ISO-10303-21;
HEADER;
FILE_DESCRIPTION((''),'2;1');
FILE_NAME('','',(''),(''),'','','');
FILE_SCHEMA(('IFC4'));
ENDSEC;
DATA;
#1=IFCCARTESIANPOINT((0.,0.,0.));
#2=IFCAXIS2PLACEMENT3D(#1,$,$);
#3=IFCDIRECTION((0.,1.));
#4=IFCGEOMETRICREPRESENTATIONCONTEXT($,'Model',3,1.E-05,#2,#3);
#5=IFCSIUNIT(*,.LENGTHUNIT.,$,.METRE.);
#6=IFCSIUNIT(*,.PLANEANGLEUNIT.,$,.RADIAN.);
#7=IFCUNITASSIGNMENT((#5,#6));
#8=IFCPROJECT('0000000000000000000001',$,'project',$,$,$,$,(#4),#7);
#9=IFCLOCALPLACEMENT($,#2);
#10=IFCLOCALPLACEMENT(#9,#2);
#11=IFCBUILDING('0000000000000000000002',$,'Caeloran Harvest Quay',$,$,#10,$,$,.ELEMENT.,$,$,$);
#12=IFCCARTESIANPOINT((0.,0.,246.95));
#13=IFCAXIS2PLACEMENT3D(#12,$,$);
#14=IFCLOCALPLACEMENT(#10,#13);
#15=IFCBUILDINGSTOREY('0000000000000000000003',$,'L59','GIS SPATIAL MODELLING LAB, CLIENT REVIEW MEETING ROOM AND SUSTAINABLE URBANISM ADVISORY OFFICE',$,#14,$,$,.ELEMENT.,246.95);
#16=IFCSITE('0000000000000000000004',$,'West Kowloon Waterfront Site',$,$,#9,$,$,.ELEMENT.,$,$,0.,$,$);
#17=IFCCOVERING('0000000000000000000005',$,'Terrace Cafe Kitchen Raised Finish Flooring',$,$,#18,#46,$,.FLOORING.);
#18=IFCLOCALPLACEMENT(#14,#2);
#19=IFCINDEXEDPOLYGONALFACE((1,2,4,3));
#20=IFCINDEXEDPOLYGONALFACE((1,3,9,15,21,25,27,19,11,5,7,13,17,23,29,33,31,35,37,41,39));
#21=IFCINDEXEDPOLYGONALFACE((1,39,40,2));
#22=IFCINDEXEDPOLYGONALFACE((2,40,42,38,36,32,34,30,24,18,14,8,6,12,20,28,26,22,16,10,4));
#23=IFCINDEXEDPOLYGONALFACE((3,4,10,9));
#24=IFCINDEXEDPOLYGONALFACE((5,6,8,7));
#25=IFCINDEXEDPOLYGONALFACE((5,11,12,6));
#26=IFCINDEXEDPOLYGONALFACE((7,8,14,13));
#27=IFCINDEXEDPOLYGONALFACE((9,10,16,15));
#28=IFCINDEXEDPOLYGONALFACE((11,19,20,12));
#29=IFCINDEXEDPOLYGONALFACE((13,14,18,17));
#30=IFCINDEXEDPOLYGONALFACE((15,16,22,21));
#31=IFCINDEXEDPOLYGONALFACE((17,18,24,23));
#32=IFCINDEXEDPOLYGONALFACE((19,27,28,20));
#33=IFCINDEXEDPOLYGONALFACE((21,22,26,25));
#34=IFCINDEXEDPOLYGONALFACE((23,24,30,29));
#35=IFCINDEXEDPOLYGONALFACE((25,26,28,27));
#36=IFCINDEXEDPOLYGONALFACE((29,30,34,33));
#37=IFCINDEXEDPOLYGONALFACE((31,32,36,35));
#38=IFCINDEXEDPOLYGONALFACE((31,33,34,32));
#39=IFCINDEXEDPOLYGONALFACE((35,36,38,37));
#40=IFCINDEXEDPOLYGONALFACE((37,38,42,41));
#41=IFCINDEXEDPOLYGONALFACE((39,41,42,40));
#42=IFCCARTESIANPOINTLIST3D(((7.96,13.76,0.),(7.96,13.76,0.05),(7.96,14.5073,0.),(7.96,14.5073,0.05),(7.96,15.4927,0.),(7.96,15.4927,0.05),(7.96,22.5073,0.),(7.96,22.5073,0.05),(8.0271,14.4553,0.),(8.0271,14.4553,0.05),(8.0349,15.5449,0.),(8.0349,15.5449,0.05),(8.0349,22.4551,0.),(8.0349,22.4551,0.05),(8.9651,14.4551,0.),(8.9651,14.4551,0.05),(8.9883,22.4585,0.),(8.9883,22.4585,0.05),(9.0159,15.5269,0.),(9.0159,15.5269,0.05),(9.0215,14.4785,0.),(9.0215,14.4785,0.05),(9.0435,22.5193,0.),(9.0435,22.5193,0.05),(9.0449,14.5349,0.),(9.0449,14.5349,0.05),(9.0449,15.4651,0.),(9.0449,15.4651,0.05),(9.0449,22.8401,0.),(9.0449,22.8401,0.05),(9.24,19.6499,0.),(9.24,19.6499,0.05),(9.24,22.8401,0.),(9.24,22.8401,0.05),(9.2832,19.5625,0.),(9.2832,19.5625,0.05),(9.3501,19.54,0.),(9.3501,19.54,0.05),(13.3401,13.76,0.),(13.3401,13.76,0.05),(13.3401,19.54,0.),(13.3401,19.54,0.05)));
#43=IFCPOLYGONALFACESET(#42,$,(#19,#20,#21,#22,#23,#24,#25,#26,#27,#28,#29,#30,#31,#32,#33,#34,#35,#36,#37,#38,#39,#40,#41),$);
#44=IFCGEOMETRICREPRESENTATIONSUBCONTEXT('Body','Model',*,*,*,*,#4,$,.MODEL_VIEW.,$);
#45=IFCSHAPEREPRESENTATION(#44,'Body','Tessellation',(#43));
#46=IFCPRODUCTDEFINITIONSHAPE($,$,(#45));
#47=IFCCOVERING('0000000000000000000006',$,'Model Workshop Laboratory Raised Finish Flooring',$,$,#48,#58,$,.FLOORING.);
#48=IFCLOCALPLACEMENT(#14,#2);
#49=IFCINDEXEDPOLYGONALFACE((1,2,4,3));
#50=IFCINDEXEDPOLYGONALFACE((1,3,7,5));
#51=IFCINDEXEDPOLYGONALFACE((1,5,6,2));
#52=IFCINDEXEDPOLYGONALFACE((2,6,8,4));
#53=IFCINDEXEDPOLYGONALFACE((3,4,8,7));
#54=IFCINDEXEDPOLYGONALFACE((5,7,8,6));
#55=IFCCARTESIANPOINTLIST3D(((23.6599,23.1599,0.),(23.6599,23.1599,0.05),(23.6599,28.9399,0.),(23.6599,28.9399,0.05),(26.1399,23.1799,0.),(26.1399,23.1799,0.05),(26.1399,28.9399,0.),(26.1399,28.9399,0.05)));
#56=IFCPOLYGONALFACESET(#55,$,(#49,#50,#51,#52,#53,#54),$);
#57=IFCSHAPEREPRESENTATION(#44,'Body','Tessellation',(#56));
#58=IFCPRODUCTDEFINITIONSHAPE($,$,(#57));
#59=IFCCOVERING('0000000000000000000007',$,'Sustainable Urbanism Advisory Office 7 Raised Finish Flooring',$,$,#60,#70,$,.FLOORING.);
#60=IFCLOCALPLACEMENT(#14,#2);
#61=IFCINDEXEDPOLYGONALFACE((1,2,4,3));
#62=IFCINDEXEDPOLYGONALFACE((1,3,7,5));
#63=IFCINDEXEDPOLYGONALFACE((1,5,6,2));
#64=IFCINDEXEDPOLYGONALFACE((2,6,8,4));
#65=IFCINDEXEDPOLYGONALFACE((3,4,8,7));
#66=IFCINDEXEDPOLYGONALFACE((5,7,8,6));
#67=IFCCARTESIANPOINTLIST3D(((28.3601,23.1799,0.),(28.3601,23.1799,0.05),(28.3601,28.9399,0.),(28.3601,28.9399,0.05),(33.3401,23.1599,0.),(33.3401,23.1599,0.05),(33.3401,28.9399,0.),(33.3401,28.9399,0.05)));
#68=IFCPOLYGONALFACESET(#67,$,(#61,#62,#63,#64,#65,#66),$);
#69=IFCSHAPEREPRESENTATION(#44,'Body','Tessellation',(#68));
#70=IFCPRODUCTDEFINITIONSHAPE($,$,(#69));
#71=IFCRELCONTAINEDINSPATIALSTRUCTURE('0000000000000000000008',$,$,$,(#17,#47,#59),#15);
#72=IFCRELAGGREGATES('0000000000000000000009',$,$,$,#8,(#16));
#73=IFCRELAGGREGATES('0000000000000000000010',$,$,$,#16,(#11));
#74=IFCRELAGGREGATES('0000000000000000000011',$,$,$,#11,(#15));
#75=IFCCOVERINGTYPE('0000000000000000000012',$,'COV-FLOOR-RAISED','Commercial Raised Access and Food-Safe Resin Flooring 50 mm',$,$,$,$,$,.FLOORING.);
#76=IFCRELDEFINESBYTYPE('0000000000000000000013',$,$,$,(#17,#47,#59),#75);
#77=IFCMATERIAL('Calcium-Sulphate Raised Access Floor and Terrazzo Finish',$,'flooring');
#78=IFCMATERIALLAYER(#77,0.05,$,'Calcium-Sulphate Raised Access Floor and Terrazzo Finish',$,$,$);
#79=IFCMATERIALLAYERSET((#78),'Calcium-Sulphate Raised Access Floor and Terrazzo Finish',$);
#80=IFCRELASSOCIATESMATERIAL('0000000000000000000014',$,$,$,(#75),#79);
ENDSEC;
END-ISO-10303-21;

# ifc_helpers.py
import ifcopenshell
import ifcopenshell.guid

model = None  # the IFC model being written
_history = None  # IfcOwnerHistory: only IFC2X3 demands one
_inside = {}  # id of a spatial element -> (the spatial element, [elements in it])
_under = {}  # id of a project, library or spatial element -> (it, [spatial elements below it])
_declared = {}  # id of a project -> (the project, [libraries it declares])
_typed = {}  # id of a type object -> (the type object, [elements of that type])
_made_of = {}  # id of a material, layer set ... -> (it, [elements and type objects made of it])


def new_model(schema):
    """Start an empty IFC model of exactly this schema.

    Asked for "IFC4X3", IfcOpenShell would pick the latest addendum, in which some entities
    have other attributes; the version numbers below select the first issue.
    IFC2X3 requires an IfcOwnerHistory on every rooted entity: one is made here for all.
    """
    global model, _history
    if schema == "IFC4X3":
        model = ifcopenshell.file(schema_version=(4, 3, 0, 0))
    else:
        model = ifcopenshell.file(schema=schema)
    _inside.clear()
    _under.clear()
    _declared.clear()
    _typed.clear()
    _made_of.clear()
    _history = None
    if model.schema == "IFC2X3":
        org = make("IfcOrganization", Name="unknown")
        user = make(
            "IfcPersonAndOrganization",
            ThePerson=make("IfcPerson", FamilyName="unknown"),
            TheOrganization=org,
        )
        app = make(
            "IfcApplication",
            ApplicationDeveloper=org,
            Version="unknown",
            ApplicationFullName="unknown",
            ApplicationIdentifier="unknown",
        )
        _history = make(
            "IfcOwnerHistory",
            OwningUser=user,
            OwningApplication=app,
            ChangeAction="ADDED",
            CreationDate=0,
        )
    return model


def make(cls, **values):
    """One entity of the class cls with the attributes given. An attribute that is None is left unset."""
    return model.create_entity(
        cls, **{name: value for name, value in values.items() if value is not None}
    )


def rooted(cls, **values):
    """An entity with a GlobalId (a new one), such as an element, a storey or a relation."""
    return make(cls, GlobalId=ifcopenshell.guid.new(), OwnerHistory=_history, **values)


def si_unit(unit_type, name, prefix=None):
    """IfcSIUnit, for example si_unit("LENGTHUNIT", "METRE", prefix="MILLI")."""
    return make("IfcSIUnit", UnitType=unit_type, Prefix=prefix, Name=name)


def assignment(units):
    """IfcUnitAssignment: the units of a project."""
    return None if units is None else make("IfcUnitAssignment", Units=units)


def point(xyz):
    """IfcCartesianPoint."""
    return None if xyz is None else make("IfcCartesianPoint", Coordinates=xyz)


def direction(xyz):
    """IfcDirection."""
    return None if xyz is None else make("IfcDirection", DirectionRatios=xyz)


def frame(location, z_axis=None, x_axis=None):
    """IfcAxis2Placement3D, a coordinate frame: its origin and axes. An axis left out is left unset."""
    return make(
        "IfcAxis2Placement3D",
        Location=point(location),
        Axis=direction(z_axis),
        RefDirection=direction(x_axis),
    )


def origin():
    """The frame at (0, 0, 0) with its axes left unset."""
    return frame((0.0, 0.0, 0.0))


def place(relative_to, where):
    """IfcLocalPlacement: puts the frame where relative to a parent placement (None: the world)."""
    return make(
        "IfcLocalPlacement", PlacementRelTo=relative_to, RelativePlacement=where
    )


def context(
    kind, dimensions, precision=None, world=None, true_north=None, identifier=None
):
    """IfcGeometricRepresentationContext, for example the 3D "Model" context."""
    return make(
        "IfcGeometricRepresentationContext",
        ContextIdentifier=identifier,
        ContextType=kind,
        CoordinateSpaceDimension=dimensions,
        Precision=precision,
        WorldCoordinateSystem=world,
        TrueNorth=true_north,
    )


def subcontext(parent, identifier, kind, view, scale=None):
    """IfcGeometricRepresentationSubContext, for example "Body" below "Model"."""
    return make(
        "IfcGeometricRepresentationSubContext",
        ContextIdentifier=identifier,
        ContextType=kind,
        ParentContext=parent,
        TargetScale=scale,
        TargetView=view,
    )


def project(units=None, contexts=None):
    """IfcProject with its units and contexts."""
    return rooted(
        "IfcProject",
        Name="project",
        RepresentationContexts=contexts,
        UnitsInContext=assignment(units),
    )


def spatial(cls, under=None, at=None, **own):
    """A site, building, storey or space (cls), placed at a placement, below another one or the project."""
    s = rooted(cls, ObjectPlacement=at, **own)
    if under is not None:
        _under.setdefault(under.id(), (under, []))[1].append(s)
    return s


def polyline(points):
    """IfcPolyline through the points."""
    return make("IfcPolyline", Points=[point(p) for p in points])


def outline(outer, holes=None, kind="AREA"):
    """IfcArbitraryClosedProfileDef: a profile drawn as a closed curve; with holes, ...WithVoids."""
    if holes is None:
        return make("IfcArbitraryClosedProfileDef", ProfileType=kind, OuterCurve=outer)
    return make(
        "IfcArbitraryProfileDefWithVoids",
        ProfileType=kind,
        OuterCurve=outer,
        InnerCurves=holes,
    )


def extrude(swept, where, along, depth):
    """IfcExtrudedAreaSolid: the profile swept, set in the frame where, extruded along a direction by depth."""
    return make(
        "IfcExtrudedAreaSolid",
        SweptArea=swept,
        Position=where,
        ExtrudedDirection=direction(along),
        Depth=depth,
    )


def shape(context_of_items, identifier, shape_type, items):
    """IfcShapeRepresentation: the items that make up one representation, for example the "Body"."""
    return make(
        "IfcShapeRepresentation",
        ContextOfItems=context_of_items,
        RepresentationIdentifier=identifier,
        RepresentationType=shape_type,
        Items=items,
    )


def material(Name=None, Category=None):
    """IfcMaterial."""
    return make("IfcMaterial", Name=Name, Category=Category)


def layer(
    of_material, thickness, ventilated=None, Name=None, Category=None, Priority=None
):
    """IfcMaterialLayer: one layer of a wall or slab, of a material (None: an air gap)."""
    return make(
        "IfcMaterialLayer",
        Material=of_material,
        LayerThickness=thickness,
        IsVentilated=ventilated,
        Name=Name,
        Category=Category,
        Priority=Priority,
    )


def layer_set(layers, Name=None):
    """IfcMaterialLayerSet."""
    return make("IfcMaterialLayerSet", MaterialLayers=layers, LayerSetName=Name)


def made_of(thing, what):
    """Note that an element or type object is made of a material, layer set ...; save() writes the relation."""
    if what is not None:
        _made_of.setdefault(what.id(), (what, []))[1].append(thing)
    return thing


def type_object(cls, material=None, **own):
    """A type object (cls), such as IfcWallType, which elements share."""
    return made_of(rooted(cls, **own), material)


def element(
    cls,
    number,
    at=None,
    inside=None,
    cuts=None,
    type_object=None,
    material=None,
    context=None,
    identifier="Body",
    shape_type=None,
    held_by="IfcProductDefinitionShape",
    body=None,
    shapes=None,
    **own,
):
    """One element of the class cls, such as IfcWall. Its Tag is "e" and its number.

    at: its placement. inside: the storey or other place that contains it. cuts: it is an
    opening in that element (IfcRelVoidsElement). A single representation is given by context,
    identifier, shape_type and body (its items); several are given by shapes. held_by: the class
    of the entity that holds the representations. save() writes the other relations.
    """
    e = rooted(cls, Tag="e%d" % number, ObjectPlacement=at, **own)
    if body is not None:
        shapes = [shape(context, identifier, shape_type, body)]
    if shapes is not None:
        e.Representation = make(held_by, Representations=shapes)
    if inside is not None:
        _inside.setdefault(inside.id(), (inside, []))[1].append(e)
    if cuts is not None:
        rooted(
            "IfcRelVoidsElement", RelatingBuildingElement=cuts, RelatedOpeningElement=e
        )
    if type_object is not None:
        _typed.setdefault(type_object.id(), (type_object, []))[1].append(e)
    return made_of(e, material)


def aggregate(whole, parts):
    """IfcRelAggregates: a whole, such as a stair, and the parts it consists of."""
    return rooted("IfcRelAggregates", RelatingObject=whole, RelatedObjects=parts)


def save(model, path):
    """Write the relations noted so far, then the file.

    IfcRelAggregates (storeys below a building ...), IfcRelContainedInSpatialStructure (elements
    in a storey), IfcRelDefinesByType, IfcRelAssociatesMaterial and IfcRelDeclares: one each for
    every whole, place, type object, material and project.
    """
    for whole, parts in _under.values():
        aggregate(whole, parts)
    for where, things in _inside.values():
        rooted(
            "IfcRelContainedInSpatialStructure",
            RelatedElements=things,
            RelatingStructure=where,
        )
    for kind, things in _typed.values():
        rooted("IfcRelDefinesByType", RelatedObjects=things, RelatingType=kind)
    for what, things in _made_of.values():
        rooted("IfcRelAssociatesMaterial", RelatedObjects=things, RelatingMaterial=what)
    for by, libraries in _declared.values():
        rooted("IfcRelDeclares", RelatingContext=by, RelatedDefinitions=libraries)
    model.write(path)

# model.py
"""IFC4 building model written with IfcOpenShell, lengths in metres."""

from ifc_helpers import new_model, si_unit, direction, frame, origin, place, context, subcontext, project, spatial, polyline, outline, extrude, material, layer, layer_set, type_object, element, save


model = new_model("IFC4")

# Units and contexts
model_context = context("Model", 3, precision=1e-05, world=origin(), true_north=direction((0.0, 1.0)))
body_context = subcontext(model_context, "Body", "Model", "MODEL_VIEW")
ifc_project = project(units=[si_unit("LENGTHUNIT", "METRE"), si_unit("PLANEANGLEUNIT", "RADIAN")], contexts=[model_context])

# Site, building, storey
site_placement = place(None, origin())
site = spatial("IfcSite", under=ifc_project, at=site_placement, Name="West Kowloon Waterfront Site", CompositionType="ELEMENT", RefElevation=0.0)
building_placement = place(site_placement, origin())
building = spatial("IfcBuilding", under=site, at=building_placement, Name="Caeloran Harvest Quay", CompositionType="ELEMENT")
storey_placement = place(building_placement, frame((0.0, 0.0, 246.95)))
storey = spatial("IfcBuildingStorey", under=building, at=storey_placement, Name="L59", Description="GIS SPATIAL MODELLING LAB, CLIENT REVIEW MEETING ROOM AND SUSTAINABLE URBANISM ADVISORY OFFICE", CompositionType="ELEMENT", Elevation=246.95)

# Coverings
ifc_material_1 = material(Name="Calcium-Sulphate Raised Access Floor and Terrazzo Finish", Category="flooring")
ifc_layer_1 = layer(ifc_material_1, 0.05, Name="Calcium-Sulphate Raised Access Floor and Terrazzo Finish")
ifc_layer_set_1 = layer_set([ifc_layer_1], Name="Calcium-Sulphate Raised Access Floor and Terrazzo Finish")
covering_type_1 = type_object("IfcCoveringType", Name="COV-FLOOR-RAISED", Description="Commercial Raised Access and Food-Safe Resin Flooring 50 mm", PredefinedType="FLOORING", material=ifc_layer_set_1)
covering_1_placement = place(storey_placement, origin())
element("IfcCovering", 1, at=covering_1_placement, inside=storey, type_object=covering_type_1, Name="Terrace Cafe Kitchen Raised Finish Flooring", PredefinedType="FLOORING", context=body_context, shape_type="SweptSolid", body=[
    extrude(outline(polyline([(7.96, 14.5073), (8.0271, 14.4553), (8.9651, 14.4551), (9.0215, 14.4785), (9.0449, 14.5349), (9.0449, 15.4651), (9.0159, 15.5269), (8.0349, 15.5449), (7.96, 15.4927), (7.96, 22.5073), (8.0349, 22.4551), (8.9883, 22.4585), (9.0435, 22.5193), (9.0449, 22.8401), (9.24, 22.8401), (9.24, 19.6499), (9.2832, 19.5625), (9.3501, 19.54), (13.3401, 19.54), (13.3401, 13.76), (7.96, 13.76), (7.96, 14.5073)])), origin(), (0.0, 0.0, 1.0), 0.05),
])
covering_2_placement = place(storey_placement, origin())
element("IfcCovering", 2, at=covering_2_placement, inside=storey, type_object=covering_type_1, Name="Model Workshop Laboratory Raised Finish Flooring", PredefinedType="FLOORING", context=body_context, shape_type="SweptSolid", body=[
    extrude(outline(polyline([(26.1399, 23.1799), (23.6599, 23.1599), (23.6599, 28.9399), (26.1399, 28.9399), (26.1399, 23.1799)])), origin(), (0.0, 0.0, 1.0), 0.05),
])
covering_3_placement = place(storey_placement, origin())
element("IfcCovering", 3, at=covering_3_placement, inside=storey, type_object=covering_type_1, Name="Sustainable Urbanism Advisory Office 7 Raised Finish Flooring", PredefinedType="FLOORING", context=body_context, shape_type="SweptSolid", body=[
    extrude(outline(polyline([(33.3401, 23.1599), (28.3601, 23.1799), (28.3601, 28.9399), (33.3401, 28.9399), (33.3401, 23.1599)])), origin(), (0.0, 0.0, 1.0), 0.05),
])

save(model, "model.ifc")
